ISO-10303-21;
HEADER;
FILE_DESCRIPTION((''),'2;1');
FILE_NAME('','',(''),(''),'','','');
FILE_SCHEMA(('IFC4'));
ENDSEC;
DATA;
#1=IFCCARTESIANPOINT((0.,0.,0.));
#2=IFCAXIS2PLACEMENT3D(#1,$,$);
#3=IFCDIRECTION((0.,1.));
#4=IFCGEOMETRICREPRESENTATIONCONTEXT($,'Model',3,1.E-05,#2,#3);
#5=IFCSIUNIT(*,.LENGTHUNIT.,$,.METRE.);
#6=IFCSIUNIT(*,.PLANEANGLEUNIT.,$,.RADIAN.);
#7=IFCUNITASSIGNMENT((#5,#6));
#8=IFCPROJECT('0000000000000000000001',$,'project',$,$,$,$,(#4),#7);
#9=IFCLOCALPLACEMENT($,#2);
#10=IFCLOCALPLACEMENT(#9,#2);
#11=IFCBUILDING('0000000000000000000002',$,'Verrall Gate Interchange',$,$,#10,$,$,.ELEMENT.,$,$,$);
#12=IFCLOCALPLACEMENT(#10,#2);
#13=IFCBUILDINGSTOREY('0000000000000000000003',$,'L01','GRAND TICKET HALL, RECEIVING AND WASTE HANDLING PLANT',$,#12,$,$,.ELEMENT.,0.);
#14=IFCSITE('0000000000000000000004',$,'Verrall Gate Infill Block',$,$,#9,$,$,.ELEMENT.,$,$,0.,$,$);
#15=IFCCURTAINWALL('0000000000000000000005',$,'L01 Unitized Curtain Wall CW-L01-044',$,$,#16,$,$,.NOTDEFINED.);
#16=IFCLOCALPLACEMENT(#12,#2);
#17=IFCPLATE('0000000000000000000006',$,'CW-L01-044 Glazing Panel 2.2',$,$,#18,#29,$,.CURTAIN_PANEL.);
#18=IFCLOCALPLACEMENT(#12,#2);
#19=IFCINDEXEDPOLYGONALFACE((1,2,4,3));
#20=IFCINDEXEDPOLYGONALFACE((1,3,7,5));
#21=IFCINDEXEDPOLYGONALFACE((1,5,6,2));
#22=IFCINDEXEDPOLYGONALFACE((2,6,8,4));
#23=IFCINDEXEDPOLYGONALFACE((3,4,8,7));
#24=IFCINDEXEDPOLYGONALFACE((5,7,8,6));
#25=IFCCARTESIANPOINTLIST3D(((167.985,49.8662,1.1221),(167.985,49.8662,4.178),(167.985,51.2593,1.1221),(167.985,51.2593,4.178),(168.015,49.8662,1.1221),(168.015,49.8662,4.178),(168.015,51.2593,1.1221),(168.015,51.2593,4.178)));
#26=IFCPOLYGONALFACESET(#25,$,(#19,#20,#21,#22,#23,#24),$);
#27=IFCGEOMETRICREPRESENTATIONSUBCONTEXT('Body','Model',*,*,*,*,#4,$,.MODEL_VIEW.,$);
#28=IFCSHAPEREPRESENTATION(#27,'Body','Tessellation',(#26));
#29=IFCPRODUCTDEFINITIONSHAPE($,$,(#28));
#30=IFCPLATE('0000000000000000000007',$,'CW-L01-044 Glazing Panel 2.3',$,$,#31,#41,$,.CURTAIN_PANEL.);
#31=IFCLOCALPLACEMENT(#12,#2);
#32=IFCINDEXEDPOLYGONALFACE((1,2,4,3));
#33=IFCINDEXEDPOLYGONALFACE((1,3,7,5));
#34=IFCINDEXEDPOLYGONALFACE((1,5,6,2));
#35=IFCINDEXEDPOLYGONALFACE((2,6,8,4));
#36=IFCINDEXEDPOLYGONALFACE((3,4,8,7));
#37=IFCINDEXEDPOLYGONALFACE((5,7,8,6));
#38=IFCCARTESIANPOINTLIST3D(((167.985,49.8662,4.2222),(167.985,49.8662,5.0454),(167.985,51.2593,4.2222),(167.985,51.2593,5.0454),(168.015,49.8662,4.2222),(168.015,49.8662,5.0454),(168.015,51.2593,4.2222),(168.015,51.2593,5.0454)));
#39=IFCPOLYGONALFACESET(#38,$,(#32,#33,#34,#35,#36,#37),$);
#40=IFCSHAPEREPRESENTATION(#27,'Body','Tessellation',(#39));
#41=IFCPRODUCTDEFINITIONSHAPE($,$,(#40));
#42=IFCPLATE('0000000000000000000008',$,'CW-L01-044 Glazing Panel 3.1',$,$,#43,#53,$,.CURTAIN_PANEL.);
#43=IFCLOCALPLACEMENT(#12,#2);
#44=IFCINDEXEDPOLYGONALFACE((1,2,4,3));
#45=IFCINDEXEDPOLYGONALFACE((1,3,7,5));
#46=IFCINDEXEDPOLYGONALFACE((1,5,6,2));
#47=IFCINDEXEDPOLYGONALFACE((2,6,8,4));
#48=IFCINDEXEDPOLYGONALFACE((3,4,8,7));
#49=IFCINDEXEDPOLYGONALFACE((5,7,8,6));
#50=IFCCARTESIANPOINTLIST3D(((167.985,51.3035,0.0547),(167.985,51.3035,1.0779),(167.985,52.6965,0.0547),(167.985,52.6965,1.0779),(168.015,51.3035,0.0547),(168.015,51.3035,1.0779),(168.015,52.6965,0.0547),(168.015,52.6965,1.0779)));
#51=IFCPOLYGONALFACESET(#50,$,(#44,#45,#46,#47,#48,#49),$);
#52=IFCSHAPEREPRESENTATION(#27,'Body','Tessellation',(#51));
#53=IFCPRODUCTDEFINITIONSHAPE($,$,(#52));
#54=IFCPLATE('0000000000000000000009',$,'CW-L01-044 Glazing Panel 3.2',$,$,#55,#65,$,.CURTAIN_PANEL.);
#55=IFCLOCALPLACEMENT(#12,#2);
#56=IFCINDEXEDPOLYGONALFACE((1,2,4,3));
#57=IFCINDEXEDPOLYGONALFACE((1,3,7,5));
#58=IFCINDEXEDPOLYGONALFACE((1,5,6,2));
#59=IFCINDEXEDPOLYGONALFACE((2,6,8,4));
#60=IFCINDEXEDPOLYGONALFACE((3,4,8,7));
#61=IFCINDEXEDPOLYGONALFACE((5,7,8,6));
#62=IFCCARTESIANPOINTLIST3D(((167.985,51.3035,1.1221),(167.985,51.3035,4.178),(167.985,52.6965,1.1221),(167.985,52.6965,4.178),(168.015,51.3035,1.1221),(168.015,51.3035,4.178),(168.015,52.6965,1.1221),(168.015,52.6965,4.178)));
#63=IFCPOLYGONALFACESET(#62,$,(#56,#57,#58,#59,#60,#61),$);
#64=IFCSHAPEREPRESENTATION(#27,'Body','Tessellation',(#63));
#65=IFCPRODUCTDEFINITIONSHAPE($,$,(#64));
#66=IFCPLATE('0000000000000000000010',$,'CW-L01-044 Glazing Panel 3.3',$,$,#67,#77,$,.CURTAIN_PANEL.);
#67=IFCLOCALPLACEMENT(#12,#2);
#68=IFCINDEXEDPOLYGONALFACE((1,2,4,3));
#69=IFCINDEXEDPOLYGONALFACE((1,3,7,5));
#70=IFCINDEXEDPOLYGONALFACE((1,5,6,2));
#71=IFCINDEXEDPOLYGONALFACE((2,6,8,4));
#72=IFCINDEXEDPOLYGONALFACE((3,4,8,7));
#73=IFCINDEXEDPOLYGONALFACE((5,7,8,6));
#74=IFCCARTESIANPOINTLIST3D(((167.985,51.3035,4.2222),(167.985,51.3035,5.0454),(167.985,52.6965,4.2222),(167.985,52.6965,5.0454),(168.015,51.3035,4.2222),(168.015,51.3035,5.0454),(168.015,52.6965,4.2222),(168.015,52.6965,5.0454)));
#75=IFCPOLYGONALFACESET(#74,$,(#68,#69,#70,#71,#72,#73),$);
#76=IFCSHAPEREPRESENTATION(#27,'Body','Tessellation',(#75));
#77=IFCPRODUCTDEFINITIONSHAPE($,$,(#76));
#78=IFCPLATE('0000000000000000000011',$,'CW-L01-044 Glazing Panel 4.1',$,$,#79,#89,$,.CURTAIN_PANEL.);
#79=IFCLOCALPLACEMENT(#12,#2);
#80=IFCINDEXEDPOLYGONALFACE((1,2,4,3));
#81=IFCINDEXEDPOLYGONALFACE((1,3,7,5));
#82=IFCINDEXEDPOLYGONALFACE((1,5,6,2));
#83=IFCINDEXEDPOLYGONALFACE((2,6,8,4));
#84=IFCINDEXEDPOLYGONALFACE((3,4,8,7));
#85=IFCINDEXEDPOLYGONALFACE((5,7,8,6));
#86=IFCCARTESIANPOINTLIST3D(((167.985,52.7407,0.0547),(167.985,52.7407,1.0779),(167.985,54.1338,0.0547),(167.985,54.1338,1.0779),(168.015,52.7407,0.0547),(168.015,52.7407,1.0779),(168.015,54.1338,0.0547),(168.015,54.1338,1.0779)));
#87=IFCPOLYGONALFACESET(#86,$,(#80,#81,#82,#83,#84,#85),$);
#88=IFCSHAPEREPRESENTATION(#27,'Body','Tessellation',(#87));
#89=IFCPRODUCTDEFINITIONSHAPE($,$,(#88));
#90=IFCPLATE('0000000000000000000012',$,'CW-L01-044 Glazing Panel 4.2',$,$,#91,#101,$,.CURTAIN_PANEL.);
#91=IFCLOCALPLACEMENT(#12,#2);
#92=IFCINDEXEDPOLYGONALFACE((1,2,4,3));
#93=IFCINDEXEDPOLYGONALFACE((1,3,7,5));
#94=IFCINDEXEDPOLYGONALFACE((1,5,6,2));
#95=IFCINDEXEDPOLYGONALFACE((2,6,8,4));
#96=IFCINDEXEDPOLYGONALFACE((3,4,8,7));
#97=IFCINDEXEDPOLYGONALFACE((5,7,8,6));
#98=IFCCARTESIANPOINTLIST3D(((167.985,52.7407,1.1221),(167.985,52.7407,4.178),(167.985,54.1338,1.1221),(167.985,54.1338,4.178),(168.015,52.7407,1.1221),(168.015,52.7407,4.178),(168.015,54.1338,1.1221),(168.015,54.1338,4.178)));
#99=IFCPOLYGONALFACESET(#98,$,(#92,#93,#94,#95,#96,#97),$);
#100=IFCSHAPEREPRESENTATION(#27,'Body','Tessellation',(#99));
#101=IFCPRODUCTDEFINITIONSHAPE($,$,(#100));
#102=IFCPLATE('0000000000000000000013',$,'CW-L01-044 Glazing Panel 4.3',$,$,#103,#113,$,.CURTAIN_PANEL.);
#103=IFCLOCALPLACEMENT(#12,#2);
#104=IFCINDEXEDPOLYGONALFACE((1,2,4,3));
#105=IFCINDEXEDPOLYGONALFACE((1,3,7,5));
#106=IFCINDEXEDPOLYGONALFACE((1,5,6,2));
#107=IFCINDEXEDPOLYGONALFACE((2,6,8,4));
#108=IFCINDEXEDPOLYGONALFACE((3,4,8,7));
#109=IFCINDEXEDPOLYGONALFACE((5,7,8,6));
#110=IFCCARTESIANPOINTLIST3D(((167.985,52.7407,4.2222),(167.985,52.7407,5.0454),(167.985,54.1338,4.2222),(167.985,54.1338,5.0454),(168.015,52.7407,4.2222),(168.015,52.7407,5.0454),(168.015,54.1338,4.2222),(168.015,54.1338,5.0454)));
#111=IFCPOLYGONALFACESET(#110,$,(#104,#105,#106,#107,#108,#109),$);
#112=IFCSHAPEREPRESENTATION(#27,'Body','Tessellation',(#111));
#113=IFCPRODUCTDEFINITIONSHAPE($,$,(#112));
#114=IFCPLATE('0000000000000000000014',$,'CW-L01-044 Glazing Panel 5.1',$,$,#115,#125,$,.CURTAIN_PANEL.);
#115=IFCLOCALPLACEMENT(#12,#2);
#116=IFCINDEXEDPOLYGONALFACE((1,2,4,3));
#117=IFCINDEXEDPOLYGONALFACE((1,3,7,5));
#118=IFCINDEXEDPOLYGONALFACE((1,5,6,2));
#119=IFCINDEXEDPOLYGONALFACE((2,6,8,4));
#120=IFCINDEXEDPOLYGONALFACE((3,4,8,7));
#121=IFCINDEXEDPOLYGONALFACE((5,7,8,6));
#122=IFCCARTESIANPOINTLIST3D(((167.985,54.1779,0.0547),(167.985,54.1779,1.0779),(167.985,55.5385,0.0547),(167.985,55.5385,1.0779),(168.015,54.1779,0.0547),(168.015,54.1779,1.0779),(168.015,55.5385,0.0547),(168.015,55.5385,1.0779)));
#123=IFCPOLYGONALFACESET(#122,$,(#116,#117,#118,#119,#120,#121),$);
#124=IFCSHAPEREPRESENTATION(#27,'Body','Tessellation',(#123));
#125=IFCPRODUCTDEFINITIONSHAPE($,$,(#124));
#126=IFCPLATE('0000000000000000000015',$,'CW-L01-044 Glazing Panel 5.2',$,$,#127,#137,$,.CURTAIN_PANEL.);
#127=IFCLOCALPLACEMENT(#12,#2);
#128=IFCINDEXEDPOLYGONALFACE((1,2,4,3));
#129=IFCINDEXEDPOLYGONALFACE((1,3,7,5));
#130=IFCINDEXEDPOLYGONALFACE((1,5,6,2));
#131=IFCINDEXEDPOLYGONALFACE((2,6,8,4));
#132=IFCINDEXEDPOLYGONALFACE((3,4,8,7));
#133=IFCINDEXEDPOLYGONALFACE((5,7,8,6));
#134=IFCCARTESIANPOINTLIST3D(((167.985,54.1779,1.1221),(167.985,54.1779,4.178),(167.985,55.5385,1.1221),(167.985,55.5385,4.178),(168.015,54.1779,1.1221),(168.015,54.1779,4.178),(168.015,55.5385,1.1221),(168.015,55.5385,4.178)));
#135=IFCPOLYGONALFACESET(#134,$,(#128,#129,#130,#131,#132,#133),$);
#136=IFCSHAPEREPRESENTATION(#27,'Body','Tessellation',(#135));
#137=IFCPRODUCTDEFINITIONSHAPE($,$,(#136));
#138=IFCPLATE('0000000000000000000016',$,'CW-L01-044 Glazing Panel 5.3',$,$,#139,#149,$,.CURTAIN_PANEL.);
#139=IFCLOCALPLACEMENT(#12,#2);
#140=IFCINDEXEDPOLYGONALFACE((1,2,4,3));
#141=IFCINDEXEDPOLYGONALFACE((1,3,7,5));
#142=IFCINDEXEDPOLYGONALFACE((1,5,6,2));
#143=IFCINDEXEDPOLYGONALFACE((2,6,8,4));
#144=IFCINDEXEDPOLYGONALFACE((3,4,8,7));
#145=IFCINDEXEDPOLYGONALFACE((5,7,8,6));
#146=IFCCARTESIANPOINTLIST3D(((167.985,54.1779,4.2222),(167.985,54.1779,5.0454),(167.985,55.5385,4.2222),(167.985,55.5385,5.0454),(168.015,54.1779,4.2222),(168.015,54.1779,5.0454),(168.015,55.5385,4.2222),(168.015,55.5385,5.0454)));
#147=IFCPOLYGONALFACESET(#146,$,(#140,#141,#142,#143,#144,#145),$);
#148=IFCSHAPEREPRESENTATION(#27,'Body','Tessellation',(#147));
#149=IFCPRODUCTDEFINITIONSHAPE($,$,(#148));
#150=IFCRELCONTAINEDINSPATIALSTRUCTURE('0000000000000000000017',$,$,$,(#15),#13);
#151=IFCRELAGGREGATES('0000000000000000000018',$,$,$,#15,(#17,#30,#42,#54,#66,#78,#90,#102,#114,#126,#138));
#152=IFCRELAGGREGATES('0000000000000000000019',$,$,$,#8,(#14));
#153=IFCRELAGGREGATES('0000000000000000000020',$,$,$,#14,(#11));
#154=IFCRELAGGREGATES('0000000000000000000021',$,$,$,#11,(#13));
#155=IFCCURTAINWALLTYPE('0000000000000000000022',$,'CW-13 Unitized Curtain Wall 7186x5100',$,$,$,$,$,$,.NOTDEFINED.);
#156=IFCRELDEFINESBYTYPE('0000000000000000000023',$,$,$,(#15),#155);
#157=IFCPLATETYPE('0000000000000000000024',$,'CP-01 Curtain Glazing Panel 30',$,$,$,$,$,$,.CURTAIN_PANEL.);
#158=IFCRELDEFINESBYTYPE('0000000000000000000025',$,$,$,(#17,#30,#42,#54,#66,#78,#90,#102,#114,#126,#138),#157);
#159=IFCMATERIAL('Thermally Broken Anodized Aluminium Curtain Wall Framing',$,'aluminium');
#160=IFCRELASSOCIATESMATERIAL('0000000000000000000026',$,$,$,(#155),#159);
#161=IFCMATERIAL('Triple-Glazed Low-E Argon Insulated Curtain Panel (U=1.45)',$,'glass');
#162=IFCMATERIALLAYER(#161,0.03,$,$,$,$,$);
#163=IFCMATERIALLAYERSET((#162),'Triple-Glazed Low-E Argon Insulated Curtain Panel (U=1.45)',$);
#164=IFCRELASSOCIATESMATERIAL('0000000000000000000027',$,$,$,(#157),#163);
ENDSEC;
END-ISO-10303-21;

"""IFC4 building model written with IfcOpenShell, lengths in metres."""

from ifc_helpers import new_model, si_unit, direction, frame, origin, origin_2d, place, context, subcontext, project, spatial, rectangle, extrude, material, layer, layer_set, type_object, element, aggregate, save


model = new_model("IFC4")

# Units and contexts
model_context = context("Model", 3, precision=1e-05, world=origin(), true_north=direction((0.0, 1.0)))
body_context = subcontext(model_context, "Body", "Model", "MODEL_VIEW")
ifc_project = project(units=[si_unit("LENGTHUNIT", "METRE"), si_unit("PLANEANGLEUNIT", "RADIAN")], contexts=[model_context])

# Site, building, storey
site_placement = place(None, origin())
site = spatial("IfcSite", under=ifc_project, at=site_placement, Name="Verrall Gate Infill Block", CompositionType="ELEMENT", RefElevation=0.0)
building_placement = place(site_placement, origin())
building = spatial("IfcBuilding", under=site, at=building_placement, Name="Verrall Gate Interchange", CompositionType="ELEMENT")
storey_placement = place(building_placement, origin())
storey = spatial("IfcBuildingStorey", under=building, at=storey_placement, Name="L01", Description="GRAND TICKET HALL, RECEIVING AND WASTE HANDLING PLANT", CompositionType="ELEMENT", Elevation=0.0)

# Curtain wall, plates
ifc_material_1 = material(Name="Thermally Broken Anodized Aluminium Curtain Wall Framing", Category="aluminium")
curtain_wall_type = type_object("IfcCurtainWallType", Name="CW-13 Unitized Curtain Wall 7186x5100", PredefinedType="NOTDEFINED", material=ifc_material_1)
curtain_wall_placement = place(storey_placement, origin())
curtain_wall = element("IfcCurtainWall", 1, at=curtain_wall_placement, inside=storey, type_object=curtain_wall_type, Name="L01 Unitized Curtain Wall CW-L01-044", PredefinedType="NOTDEFINED")
ifc_material_2 = material(Name="Triple-Glazed Low-E Argon Insulated Curtain Panel (U=1.45)", Category="glass")
ifc_layer = layer(ifc_material_2, 0.03)
ifc_layer_set = layer_set([ifc_layer], Name="Triple-Glazed Low-E Argon Insulated Curtain Panel (U=1.45)")
plate_type = type_object("IfcPlateType", Name="CP-01 Curtain Glazing Panel 30", PredefinedType="CURTAIN_PANEL", material=ifc_layer_set)
plate_1_placement = place(storey_placement, frame((168.0, 50.5627, 1.1221), z_axis=(0.0, 0.0, 1.0), x_axis=(0.0, 1.0, 0.0)))
plate_1 = element("IfcPlate", 2, at=plate_1_placement, type_object=plate_type, Name="CW-L01-044 Glazing Panel 2.2", PredefinedType="CURTAIN_PANEL", context=body_context, shape_type="SweptSolid", body=[
    extrude(rectangle(XDim=1.3931, YDim=0.03, at=origin_2d()), origin(), (0.0, 0.0, 1.0), 3.0559),
])
plate_2_placement = place(storey_placement, frame((168.0, 50.5627, 4.2222), z_axis=(0.0, 0.0, 1.0), x_axis=(0.0, 1.0, 0.0)))
plate_2 = element("IfcPlate", 3, at=plate_2_placement, type_object=plate_type, Name="CW-L01-044 Glazing Panel 2.3", PredefinedType="CURTAIN_PANEL", context=body_context, shape_type="SweptSolid", body=[
    extrude(rectangle(XDim=1.3931, YDim=0.03, at=origin_2d()), origin(), (0.0, 0.0, 1.0), 0.8232),
])
plate_3_placement = place(storey_placement, frame((168.0, 52.0, 0.0547), z_axis=(0.0, 0.0, 1.0), x_axis=(0.0, 1.0, 0.0)))
plate_3 = element("IfcPlate", 4, at=plate_3_placement, type_object=plate_type, Name="CW-L01-044 Glazing Panel 3.1", PredefinedType="CURTAIN_PANEL", context=body_context, shape_type="SweptSolid", body=[
    extrude(rectangle(XDim=1.3931, YDim=0.03, at=origin_2d()), origin(), (0.0, 0.0, 1.0), 1.0232),
])
plate_4_placement = place(storey_placement, frame((168.0, 52.0, 1.1221), z_axis=(0.0, 0.0, 1.0), x_axis=(0.0, 1.0, 0.0)))
plate_4 = element("IfcPlate", 5, at=plate_4_placement, type_object=plate_type, Name="CW-L01-044 Glazing Panel 3.2", PredefinedType="CURTAIN_PANEL", context=body_context, shape_type="SweptSolid", body=[
    extrude(rectangle(XDim=1.3931, YDim=0.03, at=origin_2d()), origin(), (0.0, 0.0, 1.0), 3.0559),
])
plate_5_placement = place(storey_placement, frame((168.0, 52.0, 4.2222), z_axis=(0.0, 0.0, 1.0), x_axis=(0.0, 1.0, 0.0)))
plate_5 = element("IfcPlate", 6, at=plate_5_placement, type_object=plate_type, Name="CW-L01-044 Glazing Panel 3.3", PredefinedType="CURTAIN_PANEL", context=body_context, shape_type="SweptSolid", body=[
    extrude(rectangle(XDim=1.3931, YDim=0.03, at=origin_2d()), origin(), (0.0, 0.0, 1.0), 0.8232),
])
plate_6_placement = place(storey_placement, frame((168.0, 53.4373, 0.0547), z_axis=(0.0, 0.0, 1.0), x_axis=(0.0, 1.0, 0.0)))
plate_6 = element("IfcPlate", 7, at=plate_6_placement, type_object=plate_type, Name="CW-L01-044 Glazing Panel 4.1", PredefinedType="CURTAIN_PANEL", context=body_context, shape_type="SweptSolid", body=[
    extrude(rectangle(XDim=1.3931, YDim=0.03, at=origin_2d()), origin(), (0.0, 0.0, 1.0), 1.0232),
])
plate_7_placement = place(storey_placement, frame((168.0, 53.4373, 1.1221), z_axis=(0.0, 0.0, 1.0), x_axis=(0.0, 1.0, 0.0)))
plate_7 = element("IfcPlate", 8, at=plate_7_placement, type_object=plate_type, Name="CW-L01-044 Glazing Panel 4.2", PredefinedType="CURTAIN_PANEL", context=body_context, shape_type="SweptSolid", body=[
    extrude(rectangle(XDim=1.3931, YDim=0.03, at=origin_2d()), origin(), (0.0, 0.0, 1.0), 3.0559),
])
plate_8_placement = place(storey_placement, frame((168.0, 53.4373, 4.2222), z_axis=(0.0, 0.0, 1.0), x_axis=(0.0, 1.0, 0.0)))
plate_8 = element("IfcPlate", 9, at=plate_8_placement, type_object=plate_type, Name="CW-L01-044 Glazing Panel 4.3", PredefinedType="CURTAIN_PANEL", context=body_context, shape_type="SweptSolid", body=[
    extrude(rectangle(XDim=1.3931, YDim=0.03, at=origin_2d()), origin(), (0.0, 0.0, 1.0), 0.8232),
])
plate_9_placement = place(storey_placement, frame((168.0, 54.8582, 0.0547), z_axis=(0.0, 0.0, 1.0), x_axis=(0.0, 1.0, 0.0)))
plate_9 = element("IfcPlate", 10, at=plate_9_placement, type_object=plate_type, Name="CW-L01-044 Glazing Panel 5.1", PredefinedType="CURTAIN_PANEL", context=body_context, shape_type="SweptSolid", body=[
    extrude(rectangle(XDim=1.3606, YDim=0.03, at=origin_2d()), origin(), (0.0, 0.0, 1.0), 1.0232),
])
plate_10_placement = place(storey_placement, frame((168.0, 54.8582, 1.1221), z_axis=(0.0, 0.0, 1.0), x_axis=(0.0, 1.0, 0.0)))
plate_10 = element("IfcPlate", 11, at=plate_10_placement, type_object=plate_type, Name="CW-L01-044 Glazing Panel 5.2", PredefinedType="CURTAIN_PANEL", context=body_context, shape_type="SweptSolid", body=[
    extrude(rectangle(XDim=1.3606, YDim=0.03, at=origin_2d()), origin(), (0.0, 0.0, 1.0), 3.0559),
])
plate_11_placement = place(storey_placement, frame((168.0, 54.8582, 4.2222), z_axis=(0.0, 0.0, 1.0), x_axis=(0.0, 1.0, 0.0)))
plate_11 = element("IfcPlate", 12, at=plate_11_placement, type_object=plate_type, Name="CW-L01-044 Glazing Panel 5.3", PredefinedType="CURTAIN_PANEL", context=body_context, shape_type="SweptSolid", body=[
    extrude(rectangle(XDim=1.3606, YDim=0.03, at=origin_2d()), origin(), (0.0, 0.0, 1.0), 0.8232),
])
aggregate(curtain_wall, [plate_1, plate_2, plate_3, plate_4, plate_5, plate_6, plate_7, plate_8, plate_9, plate_10, plate_11])

save(model, "model.ifc")
